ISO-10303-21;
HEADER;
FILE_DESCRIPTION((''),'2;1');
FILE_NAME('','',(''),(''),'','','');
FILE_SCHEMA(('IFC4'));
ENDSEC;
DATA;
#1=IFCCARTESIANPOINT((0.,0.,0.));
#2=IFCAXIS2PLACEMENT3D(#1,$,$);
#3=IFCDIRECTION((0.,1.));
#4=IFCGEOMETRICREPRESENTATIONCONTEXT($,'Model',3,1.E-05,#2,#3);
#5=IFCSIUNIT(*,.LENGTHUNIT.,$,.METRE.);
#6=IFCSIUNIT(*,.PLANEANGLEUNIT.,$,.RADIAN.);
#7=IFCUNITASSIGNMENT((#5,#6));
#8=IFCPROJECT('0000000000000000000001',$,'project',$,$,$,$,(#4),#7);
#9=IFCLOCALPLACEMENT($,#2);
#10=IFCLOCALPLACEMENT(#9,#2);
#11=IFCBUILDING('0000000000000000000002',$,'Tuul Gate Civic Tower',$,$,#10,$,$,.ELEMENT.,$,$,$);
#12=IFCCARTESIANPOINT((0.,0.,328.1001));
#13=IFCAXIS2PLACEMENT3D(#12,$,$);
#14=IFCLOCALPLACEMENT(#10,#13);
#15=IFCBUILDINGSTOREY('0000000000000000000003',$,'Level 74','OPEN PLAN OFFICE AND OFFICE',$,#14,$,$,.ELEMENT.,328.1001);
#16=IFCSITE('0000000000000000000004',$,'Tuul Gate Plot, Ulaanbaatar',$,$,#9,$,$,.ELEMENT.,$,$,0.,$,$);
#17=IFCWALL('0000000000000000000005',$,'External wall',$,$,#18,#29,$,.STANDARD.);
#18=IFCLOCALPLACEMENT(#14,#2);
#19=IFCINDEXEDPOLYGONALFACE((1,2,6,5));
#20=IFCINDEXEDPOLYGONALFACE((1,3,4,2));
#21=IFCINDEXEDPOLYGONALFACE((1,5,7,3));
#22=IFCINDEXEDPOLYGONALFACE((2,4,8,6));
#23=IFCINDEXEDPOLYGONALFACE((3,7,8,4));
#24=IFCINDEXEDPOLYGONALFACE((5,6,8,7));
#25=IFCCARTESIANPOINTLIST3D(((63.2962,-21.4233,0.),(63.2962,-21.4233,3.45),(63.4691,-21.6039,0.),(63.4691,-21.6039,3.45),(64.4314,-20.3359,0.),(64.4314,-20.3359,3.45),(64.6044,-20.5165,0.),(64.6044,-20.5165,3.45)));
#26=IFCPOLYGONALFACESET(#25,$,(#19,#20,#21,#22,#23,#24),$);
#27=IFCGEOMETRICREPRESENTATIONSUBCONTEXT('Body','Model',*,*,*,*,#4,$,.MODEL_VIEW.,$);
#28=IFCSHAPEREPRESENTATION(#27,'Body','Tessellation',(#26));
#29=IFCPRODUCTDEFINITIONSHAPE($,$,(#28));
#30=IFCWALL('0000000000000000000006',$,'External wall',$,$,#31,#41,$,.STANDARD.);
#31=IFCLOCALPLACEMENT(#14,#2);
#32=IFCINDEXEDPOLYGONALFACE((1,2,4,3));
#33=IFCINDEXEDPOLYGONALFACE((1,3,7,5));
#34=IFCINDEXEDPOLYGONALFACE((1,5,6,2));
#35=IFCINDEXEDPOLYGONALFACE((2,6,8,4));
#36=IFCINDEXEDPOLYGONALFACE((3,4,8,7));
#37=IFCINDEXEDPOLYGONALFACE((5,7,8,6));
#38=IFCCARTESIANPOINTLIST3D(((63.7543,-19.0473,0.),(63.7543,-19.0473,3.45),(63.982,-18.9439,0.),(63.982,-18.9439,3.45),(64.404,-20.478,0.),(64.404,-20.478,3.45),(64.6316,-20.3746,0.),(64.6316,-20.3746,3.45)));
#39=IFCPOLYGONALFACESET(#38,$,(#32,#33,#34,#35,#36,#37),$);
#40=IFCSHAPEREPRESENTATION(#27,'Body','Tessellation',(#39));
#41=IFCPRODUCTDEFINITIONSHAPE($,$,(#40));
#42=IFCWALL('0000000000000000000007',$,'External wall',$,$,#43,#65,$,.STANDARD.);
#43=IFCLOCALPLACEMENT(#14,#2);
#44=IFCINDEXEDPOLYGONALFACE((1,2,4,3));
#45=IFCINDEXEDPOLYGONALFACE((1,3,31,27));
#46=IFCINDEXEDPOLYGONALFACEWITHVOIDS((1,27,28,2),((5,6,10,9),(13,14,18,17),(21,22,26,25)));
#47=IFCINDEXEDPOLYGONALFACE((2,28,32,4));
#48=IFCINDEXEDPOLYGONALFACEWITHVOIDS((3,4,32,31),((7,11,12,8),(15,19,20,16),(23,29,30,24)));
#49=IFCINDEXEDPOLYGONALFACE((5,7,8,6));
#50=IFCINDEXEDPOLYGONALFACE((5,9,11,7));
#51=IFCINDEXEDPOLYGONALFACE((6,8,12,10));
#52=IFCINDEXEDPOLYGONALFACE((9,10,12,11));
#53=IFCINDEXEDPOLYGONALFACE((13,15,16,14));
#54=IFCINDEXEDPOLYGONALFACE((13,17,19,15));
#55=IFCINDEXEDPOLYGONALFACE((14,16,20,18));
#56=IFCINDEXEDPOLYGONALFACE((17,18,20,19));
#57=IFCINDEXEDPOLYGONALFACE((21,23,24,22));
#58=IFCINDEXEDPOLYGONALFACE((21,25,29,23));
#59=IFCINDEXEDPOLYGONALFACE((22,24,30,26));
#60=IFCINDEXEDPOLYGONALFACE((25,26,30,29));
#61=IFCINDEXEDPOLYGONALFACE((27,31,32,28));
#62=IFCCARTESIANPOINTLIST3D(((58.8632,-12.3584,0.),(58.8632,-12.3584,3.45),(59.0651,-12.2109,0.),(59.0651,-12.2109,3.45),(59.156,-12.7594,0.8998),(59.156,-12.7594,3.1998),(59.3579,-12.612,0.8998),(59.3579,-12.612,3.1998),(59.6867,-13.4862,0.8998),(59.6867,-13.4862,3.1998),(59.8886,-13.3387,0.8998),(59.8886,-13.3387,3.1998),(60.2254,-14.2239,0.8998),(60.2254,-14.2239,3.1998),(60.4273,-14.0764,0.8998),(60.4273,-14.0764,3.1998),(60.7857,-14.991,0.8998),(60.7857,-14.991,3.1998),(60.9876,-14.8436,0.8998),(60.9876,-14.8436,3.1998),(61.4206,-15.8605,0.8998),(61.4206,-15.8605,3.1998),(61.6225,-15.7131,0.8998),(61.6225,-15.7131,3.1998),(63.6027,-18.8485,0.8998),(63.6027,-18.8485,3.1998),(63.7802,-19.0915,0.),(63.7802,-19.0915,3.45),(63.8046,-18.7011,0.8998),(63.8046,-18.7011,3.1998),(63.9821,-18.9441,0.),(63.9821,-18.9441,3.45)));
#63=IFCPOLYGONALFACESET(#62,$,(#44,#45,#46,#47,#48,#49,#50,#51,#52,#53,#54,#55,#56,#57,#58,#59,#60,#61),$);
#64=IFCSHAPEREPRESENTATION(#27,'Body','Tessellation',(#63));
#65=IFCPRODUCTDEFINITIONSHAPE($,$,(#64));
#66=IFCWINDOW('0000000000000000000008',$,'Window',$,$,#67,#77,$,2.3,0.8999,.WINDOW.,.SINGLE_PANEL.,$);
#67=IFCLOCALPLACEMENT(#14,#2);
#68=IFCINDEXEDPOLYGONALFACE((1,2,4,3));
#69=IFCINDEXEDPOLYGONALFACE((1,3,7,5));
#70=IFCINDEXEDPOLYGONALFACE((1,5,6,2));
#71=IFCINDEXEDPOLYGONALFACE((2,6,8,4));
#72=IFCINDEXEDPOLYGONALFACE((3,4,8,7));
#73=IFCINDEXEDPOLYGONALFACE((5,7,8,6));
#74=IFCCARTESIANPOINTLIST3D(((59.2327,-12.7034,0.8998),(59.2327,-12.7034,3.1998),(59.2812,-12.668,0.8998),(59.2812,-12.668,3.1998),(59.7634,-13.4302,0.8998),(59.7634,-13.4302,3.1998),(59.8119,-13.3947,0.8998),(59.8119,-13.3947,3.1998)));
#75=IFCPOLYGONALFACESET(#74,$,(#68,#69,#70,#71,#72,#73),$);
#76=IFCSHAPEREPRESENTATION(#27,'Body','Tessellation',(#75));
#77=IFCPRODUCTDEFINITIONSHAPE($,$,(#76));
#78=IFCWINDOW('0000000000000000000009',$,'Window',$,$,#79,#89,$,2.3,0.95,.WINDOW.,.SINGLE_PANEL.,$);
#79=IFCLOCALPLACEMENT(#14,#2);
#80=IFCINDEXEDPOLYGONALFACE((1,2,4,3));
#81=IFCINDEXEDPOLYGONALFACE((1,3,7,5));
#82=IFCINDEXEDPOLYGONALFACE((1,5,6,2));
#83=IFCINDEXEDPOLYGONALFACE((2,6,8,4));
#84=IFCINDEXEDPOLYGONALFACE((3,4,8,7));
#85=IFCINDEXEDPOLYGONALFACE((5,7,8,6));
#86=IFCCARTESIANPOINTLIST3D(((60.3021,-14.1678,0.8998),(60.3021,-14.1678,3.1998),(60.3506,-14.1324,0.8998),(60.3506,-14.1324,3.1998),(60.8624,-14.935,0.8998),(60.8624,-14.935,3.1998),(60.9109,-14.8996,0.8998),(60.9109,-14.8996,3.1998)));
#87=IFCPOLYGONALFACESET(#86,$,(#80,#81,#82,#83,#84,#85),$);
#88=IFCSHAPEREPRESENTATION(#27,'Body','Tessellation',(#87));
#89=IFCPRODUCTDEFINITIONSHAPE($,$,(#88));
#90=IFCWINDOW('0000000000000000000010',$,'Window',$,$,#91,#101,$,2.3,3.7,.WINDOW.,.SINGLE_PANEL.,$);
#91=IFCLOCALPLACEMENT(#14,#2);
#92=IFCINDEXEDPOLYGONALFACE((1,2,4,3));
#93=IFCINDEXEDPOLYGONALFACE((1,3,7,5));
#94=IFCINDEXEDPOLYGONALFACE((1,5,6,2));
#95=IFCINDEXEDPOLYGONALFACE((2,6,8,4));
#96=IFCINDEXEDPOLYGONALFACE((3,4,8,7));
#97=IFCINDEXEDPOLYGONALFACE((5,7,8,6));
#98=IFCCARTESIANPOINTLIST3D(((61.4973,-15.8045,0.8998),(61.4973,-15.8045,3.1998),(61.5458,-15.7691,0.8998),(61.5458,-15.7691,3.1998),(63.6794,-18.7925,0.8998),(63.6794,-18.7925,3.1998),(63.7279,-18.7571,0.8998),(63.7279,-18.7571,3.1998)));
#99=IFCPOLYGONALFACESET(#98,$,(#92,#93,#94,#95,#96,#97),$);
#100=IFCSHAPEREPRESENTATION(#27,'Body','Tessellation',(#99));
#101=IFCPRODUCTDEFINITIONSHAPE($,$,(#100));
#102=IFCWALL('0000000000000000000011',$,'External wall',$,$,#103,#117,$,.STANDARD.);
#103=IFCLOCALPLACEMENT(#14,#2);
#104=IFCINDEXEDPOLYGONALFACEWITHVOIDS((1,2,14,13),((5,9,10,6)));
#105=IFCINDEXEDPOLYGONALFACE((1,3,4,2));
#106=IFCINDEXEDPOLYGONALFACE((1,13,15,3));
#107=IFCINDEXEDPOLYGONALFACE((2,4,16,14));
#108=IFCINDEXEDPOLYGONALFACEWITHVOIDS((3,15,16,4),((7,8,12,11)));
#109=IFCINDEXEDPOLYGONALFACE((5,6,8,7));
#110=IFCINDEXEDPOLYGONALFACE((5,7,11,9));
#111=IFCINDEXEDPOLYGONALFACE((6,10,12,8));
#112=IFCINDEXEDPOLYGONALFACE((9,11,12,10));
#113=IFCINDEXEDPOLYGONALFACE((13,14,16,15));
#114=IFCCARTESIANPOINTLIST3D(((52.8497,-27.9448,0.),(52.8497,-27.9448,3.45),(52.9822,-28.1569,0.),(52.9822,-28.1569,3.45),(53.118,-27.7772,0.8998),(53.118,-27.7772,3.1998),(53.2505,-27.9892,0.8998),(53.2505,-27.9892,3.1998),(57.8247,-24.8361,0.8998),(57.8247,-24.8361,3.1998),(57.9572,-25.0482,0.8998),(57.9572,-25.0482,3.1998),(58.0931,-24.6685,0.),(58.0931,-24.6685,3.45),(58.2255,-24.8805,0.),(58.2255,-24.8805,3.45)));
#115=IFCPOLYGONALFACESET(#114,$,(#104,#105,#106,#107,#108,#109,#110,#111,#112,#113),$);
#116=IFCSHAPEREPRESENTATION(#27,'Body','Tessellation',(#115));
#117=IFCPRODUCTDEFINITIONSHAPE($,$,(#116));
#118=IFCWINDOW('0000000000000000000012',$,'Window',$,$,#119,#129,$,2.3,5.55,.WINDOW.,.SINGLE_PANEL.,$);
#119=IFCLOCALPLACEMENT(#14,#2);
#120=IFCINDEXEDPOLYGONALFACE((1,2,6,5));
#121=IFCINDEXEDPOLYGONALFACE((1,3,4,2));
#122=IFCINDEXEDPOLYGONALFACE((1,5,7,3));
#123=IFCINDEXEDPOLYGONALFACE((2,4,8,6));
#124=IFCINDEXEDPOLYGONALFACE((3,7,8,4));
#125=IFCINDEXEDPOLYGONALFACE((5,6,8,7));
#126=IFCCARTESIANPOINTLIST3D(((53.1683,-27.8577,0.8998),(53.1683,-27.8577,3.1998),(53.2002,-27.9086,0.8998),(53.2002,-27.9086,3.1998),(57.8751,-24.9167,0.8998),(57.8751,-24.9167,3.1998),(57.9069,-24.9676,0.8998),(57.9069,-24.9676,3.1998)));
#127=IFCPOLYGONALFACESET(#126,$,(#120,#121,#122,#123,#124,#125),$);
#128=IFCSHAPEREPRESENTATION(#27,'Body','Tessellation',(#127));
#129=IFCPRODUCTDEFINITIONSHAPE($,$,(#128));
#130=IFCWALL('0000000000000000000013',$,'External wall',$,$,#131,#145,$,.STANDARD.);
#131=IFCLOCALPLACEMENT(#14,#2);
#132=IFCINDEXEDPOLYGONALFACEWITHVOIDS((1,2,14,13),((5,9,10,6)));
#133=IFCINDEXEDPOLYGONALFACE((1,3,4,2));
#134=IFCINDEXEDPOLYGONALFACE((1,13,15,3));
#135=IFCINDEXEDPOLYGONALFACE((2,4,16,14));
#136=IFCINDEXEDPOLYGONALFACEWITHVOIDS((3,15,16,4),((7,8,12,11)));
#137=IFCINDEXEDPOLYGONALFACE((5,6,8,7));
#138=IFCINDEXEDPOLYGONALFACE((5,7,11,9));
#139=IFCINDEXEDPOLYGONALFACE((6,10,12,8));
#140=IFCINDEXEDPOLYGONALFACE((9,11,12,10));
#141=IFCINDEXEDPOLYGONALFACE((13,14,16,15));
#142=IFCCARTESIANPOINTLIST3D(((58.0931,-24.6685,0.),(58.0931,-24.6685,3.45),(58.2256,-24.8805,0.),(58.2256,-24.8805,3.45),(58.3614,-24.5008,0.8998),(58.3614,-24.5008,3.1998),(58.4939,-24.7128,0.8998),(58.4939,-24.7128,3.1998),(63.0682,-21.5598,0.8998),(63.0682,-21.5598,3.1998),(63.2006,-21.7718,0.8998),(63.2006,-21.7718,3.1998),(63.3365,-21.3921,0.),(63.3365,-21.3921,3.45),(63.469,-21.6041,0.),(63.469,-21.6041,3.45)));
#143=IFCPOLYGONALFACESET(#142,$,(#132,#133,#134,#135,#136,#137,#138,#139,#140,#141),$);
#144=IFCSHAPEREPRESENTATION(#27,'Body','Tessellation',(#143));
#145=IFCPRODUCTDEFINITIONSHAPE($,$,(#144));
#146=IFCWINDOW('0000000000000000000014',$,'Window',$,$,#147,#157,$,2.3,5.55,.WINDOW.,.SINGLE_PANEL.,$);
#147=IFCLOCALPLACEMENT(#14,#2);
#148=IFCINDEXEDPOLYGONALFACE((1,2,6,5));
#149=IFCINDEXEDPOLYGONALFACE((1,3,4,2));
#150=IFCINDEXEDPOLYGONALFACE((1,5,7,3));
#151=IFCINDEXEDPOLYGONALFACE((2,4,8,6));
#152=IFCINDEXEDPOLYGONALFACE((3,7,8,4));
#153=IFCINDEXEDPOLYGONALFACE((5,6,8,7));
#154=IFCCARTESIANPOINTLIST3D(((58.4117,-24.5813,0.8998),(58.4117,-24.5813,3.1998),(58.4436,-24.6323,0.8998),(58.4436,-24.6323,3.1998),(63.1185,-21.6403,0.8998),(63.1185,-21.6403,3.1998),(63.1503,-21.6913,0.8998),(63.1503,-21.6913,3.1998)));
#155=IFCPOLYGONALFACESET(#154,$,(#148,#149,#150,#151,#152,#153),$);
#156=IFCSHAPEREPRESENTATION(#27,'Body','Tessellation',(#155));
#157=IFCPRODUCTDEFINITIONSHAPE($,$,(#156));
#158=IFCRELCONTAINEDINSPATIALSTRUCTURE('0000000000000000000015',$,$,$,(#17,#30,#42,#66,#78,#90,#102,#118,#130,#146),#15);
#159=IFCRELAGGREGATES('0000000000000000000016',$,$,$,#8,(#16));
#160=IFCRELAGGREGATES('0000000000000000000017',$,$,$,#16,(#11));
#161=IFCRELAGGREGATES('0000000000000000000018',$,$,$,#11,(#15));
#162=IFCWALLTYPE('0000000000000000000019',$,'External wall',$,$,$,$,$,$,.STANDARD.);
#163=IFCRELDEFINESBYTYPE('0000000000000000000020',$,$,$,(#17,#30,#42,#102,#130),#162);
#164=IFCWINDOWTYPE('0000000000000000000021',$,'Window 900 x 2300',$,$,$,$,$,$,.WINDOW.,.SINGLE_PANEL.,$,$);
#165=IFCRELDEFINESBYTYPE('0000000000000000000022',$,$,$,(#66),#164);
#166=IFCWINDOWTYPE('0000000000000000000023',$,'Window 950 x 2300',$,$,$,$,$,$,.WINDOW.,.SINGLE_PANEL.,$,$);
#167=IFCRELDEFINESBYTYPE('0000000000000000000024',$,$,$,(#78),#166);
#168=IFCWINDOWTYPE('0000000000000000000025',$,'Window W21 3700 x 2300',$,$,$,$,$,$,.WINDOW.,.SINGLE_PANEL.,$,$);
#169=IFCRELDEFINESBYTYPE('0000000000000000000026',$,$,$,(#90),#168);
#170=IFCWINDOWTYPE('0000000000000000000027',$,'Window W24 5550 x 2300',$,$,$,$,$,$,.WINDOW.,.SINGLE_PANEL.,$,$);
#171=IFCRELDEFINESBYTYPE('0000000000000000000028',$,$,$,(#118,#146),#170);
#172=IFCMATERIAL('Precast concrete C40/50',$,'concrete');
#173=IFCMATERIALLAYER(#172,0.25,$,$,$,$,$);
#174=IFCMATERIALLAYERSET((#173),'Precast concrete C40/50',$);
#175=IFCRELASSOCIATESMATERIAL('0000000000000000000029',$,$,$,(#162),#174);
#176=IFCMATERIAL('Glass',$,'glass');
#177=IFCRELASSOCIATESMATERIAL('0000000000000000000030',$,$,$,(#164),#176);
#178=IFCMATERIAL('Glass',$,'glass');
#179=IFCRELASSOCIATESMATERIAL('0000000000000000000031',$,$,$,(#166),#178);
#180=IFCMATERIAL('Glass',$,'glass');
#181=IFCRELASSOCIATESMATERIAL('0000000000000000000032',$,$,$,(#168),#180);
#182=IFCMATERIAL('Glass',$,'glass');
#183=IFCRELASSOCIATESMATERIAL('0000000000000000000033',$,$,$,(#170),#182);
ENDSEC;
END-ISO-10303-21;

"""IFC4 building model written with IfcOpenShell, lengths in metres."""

from ifc_helpers import new_model, si_unit, direction, frame, frame_2d, origin, place, context, subcontext, project, spatial, rectangle, extrude, material, layer, layer_set, type_object, element, fill, save


model = new_model("IFC4")

# Units and contexts
model_context = context("Model", 3, precision=1e-05, world=origin(), true_north=direction((0.0, 1.0)))
body_context = subcontext(model_context, "Body", "Model", "MODEL_VIEW")
ifc_project = project(units=[si_unit("LENGTHUNIT", "METRE"), si_unit("PLANEANGLEUNIT", "RADIAN")], contexts=[model_context])

# Site, building, storey
site_placement = place(None, origin())
site = spatial("IfcSite", under=ifc_project, at=site_placement, Name="Tuul Gate Plot, Ulaanbaatar", CompositionType="ELEMENT", RefElevation=0.0)
building_placement = place(site_placement, origin())
building = spatial("IfcBuilding", under=site, at=building_placement, Name="Tuul Gate Civic Tower", CompositionType="ELEMENT")
storey_placement = place(building_placement, frame((0.0, 0.0, 328.1001)))
storey = spatial("IfcBuildingStorey", under=building, at=storey_placement, Name="Level 74", Description="OPEN PLAN OFFICE AND OFFICE", CompositionType="ELEMENT", Elevation=328.1001)

# Walls
ifc_material_1 = material(Name="Precast concrete C40/50", Category="concrete")
ifc_layer_1 = layer(ifc_material_1, 0.25)
ifc_layer_set_1 = layer_set([ifc_layer_1], Name="Precast concrete C40/50")
wall_type_1 = type_object("IfcWallType", Name="External wall", PredefinedType="STANDARD", material=ifc_layer_set_1)
wall_1_placement = place(storey_placement, frame((63.3826, -21.5137, 0.0), z_axis=(0.0, 0.0, 1.0), x_axis=(0.722163, 0.691723, 0.0)))
element("IfcWall", 1, at=wall_1_placement, inside=storey, type_object=wall_type_1, Name="External wall", PredefinedType="STANDARD", context=body_context, shape_type="SweptSolid", body=[
    extrude(rectangle(XDim=1.572, YDim=0.25, at=frame_2d((0.7861, 0.0))), origin(), (0.0, 0.0, 1.0), 3.45),
])
wall_2_placement = place(storey_placement, frame((64.5178, -20.4263, 0.0), z_axis=(0.0, 0.0, 1.0), x_axis=(-0.413463, 0.910521, 0.0)))
element("IfcWall", 2, at=wall_2_placement, inside=storey, type_object=wall_type_1, Name="External wall", PredefinedType="STANDARD", context=body_context, shape_type="SweptSolid", body=[
    extrude(rectangle(XDim=1.5713, YDim=0.25, at=frame_2d((0.7856, 0.0))), origin(), (0.0, 0.0, 1.0), 3.45),
])

# Wall, openings, windows
wall_3_placement = place(storey_placement, frame((63.8811, -19.0178, 0.0), z_axis=(0.0, 0.0, 1.0), x_axis=(-0.589752, 0.807585, 0.0)))
wall_3 = element("IfcWall", 3, at=wall_3_placement, inside=storey, type_object=wall_type_1, Name="External wall", PredefinedType="STANDARD", context=body_context, shape_type="SweptSolid", body=[
    extrude(rectangle(XDim=8.3374, YDim=0.25, at=frame_2d((4.1687, 0.0))), origin(), (0.0, 0.0, 1.0), 3.45),
])
opening_1_placement = place(wall_3_placement, frame((0.3008, 0.0, 0.8999)))
opening_1 = element("IfcOpeningElement", 4, at=opening_1_placement, cuts=wall_3, PredefinedType="OPENING", context=body_context, shape_type="SweptSolid", body=[
    extrude(rectangle(XDim=3.7, YDim=2.3, at=frame_2d((1.8501, 1.1499))), frame((0.0, 0.135, 0.0), z_axis=(0.0, -1.0, 0.0), x_axis=(1.0, 0.0, 0.0)), (0.0, 0.0, 1.0), 0.27),
])
opening_2_placement = place(wall_3_placement, frame((5.0774, 0.0, 0.8999)))
opening_2 = element("IfcOpeningElement", 5, at=opening_2_placement, cuts=wall_3, PredefinedType="OPENING", context=body_context, shape_type="SweptSolid", body=[
    extrude(rectangle(XDim=0.95, YDim=2.3, at=frame_2d((0.4751, 1.1499))), frame((0.0, 0.135, 0.0), z_axis=(0.0, -1.0, 0.0), x_axis=(1.0, 0.0, 0.0)), (0.0, 0.0, 1.0), 0.27),
])
opening_3_placement = place(wall_3_placement, frame((6.9409, 0.0, 0.8999)))
opening_3 = element("IfcOpeningElement", 6, at=opening_3_placement, cuts=wall_3, PredefinedType="OPENING", context=body_context, shape_type="SweptSolid", body=[
    extrude(rectangle(XDim=0.8999, YDim=2.3, at=frame_2d((0.45, 1.1499))), frame((0.0, 0.135, 0.0), z_axis=(0.0, -1.0, 0.0), x_axis=(1.0, 0.0, 0.0)), (0.0, 0.0, 1.0), 0.27),
])
ifc_material_2 = material(Name="Glass", Category="glass")
window_type_1 = type_object("IfcWindowType", Name="Window 900 x 2300", PartitioningType="SINGLE_PANEL", PredefinedType="WINDOW", material=ifc_material_2)
window_1_placement = place(opening_3_placement, origin())
window_1 = element("IfcWindow", 7, at=window_1_placement, inside=storey, type_object=window_type_1, Name="Window", OverallHeight=2.3, OverallWidth=0.8999, PartitioningType="SINGLE_PANEL", PredefinedType="WINDOW", context=body_context, shape_type="SweptSolid", body=[
    extrude(rectangle(XDim=0.8999, YDim=2.3, at=frame_2d((0.45, 1.1499))), frame((0.0, 0.03, 0.0), z_axis=(0.0, -1.0, 0.0), x_axis=(1.0, 0.0, 0.0)), (0.0, 0.0, 1.0), 0.0601),
])
fill(opening_3, window_1)
ifc_material_3 = material(Name="Glass", Category="glass")
window_type_2 = type_object("IfcWindowType", Name="Window 950 x 2300", PartitioningType="SINGLE_PANEL", PredefinedType="WINDOW", material=ifc_material_3)
window_2_placement = place(opening_2_placement, origin())
window_2 = element("IfcWindow", 8, at=window_2_placement, inside=storey, type_object=window_type_2, Name="Window", OverallHeight=2.3, OverallWidth=0.95, PartitioningType="SINGLE_PANEL", PredefinedType="WINDOW", context=body_context, shape_type="SweptSolid", body=[
    extrude(rectangle(XDim=0.95, YDim=2.3, at=frame_2d((0.4751, 1.1499))), frame((0.0, 0.03, 0.0), z_axis=(0.0, -1.0, 0.0), x_axis=(1.0, 0.0, 0.0)), (0.0, 0.0, 1.0), 0.0601),
])
fill(opening_2, window_2)
ifc_material_4 = material(Name="Glass", Category="glass")
window_type_3 = type_object("IfcWindowType", Name="Window W21 3700 x 2300", PartitioningType="SINGLE_PANEL", PredefinedType="WINDOW", material=ifc_material_4)
window_3_placement = place(opening_1_placement, origin())
window_3 = element("IfcWindow", 9, at=window_3_placement, inside=storey, type_object=window_type_3, Name="Window", OverallHeight=2.3, OverallWidth=3.7, PartitioningType="SINGLE_PANEL", PredefinedType="WINDOW", context=body_context, shape_type="SweptSolid", body=[
    extrude(rectangle(XDim=3.7, YDim=2.3, at=frame_2d((1.8501, 1.1499))), frame((0.0, 0.03, 0.0), z_axis=(0.0, -1.0, 0.0), x_axis=(1.0, 0.0, 0.0)), (0.0, 0.0, 1.0), 0.0601),
])
fill(opening_1, window_3)

# Walls, openings, windows
wall_4_placement = place(storey_placement, frame((52.916, -28.0508, 0.0), z_axis=(0.0, 0.0, 1.0), x_axis=(0.848054, 0.52991, 0.0)))
wall_4 = element("IfcWall", 10, at=wall_4_placement, inside=storey, type_object=wall_type_1, Name="External wall", PredefinedType="STANDARD", context=body_context, shape_type="SweptSolid", body=[
    extrude(rectangle(XDim=6.1829, YDim=0.25, at=frame_2d((3.0913, 0.0))), origin(), (0.0, 0.0, 1.0), 3.45),
])
opening_4_placement = place(wall_4_placement, frame((0.3164, 0.0, 0.8999)))
opening_4 = element("IfcOpeningElement", 11, at=opening_4_placement, cuts=wall_4, PredefinedType="OPENING", context=body_context, shape_type="SweptSolid", body=[
    extrude(rectangle(XDim=5.55, YDim=2.3, at=frame_2d((2.7749, 1.1499))), frame((0.0, 0.135, 0.0), z_axis=(0.0, -1.0, 0.0), x_axis=(1.0, 0.0, 0.0)), (0.0, 0.0, 1.0), 0.27),
])
ifc_material_5 = material(Name="Glass", Category="glass")
window_type_4 = type_object("IfcWindowType", Name="Window W24 5550 x 2300", PartitioningType="SINGLE_PANEL", PredefinedType="WINDOW", material=ifc_material_5)
window_4_placement = place(opening_4_placement, origin())
window_4 = element("IfcWindow", 12, at=window_4_placement, inside=storey, type_object=window_type_4, Name="Window", OverallHeight=2.3, OverallWidth=5.55, PartitioningType="SINGLE_PANEL", PredefinedType="WINDOW", context=body_context, shape_type="SweptSolid", body=[
    extrude(rectangle(XDim=5.55, YDim=2.3, at=frame_2d((2.7749, 1.1499))), frame((0.0, 0.03, 0.0), z_axis=(0.0, -1.0, 0.0), x_axis=(1.0, 0.0, 0.0)), (0.0, 0.0, 1.0), 0.0601),
])
fill(opening_4, window_4)
wall_5_placement = place(storey_placement, frame((58.1594, -24.7744, 0.0), z_axis=(0.0, 0.0, 1.0), x_axis=(0.848054, 0.52991, 0.0)))
wall_5 = element("IfcWall", 13, at=wall_5_placement, inside=storey, type_object=wall_type_1, Name="External wall", PredefinedType="STANDARD", context=body_context, shape_type="SweptSolid", body=[
    extrude(rectangle(XDim=6.1829, YDim=0.25, at=frame_2d((3.0913, 0.0))), origin(), (0.0, 0.0, 1.0), 3.45),
])
opening_5_placement = place(wall_5_placement, frame((0.3164, 0.0, 0.8999)))
opening_5 = element("IfcOpeningElement", 14, at=opening_5_placement, cuts=wall_5, PredefinedType="OPENING", context=body_context, shape_type="SweptSolid", body=[
    extrude(rectangle(XDim=5.55, YDim=2.3, at=frame_2d((2.7749, 1.1499))), frame((0.0, 0.135, 0.0), z_axis=(0.0, -1.0, 0.0), x_axis=(1.0, 0.0, 0.0)), (0.0, 0.0, 1.0), 0.27),
])
window_5_placement = place(opening_5_placement, origin())
window_5 = element("IfcWindow", 15, at=window_5_placement, inside=storey, type_object=window_type_4, Name="Window", OverallHeight=2.3, OverallWidth=5.55, PartitioningType="SINGLE_PANEL", PredefinedType="WINDOW", context=body_context, shape_type="SweptSolid", body=[
    extrude(rectangle(XDim=5.55, YDim=2.3, at=frame_2d((2.7749, 1.1499))), frame((0.0, 0.03, 0.0), z_axis=(0.0, -1.0, 0.0), x_axis=(1.0, 0.0, 0.0)), (0.0, 0.0, 1.0), 0.0601),
])
fill(opening_5, window_5)

save(model, "model.ifc")
